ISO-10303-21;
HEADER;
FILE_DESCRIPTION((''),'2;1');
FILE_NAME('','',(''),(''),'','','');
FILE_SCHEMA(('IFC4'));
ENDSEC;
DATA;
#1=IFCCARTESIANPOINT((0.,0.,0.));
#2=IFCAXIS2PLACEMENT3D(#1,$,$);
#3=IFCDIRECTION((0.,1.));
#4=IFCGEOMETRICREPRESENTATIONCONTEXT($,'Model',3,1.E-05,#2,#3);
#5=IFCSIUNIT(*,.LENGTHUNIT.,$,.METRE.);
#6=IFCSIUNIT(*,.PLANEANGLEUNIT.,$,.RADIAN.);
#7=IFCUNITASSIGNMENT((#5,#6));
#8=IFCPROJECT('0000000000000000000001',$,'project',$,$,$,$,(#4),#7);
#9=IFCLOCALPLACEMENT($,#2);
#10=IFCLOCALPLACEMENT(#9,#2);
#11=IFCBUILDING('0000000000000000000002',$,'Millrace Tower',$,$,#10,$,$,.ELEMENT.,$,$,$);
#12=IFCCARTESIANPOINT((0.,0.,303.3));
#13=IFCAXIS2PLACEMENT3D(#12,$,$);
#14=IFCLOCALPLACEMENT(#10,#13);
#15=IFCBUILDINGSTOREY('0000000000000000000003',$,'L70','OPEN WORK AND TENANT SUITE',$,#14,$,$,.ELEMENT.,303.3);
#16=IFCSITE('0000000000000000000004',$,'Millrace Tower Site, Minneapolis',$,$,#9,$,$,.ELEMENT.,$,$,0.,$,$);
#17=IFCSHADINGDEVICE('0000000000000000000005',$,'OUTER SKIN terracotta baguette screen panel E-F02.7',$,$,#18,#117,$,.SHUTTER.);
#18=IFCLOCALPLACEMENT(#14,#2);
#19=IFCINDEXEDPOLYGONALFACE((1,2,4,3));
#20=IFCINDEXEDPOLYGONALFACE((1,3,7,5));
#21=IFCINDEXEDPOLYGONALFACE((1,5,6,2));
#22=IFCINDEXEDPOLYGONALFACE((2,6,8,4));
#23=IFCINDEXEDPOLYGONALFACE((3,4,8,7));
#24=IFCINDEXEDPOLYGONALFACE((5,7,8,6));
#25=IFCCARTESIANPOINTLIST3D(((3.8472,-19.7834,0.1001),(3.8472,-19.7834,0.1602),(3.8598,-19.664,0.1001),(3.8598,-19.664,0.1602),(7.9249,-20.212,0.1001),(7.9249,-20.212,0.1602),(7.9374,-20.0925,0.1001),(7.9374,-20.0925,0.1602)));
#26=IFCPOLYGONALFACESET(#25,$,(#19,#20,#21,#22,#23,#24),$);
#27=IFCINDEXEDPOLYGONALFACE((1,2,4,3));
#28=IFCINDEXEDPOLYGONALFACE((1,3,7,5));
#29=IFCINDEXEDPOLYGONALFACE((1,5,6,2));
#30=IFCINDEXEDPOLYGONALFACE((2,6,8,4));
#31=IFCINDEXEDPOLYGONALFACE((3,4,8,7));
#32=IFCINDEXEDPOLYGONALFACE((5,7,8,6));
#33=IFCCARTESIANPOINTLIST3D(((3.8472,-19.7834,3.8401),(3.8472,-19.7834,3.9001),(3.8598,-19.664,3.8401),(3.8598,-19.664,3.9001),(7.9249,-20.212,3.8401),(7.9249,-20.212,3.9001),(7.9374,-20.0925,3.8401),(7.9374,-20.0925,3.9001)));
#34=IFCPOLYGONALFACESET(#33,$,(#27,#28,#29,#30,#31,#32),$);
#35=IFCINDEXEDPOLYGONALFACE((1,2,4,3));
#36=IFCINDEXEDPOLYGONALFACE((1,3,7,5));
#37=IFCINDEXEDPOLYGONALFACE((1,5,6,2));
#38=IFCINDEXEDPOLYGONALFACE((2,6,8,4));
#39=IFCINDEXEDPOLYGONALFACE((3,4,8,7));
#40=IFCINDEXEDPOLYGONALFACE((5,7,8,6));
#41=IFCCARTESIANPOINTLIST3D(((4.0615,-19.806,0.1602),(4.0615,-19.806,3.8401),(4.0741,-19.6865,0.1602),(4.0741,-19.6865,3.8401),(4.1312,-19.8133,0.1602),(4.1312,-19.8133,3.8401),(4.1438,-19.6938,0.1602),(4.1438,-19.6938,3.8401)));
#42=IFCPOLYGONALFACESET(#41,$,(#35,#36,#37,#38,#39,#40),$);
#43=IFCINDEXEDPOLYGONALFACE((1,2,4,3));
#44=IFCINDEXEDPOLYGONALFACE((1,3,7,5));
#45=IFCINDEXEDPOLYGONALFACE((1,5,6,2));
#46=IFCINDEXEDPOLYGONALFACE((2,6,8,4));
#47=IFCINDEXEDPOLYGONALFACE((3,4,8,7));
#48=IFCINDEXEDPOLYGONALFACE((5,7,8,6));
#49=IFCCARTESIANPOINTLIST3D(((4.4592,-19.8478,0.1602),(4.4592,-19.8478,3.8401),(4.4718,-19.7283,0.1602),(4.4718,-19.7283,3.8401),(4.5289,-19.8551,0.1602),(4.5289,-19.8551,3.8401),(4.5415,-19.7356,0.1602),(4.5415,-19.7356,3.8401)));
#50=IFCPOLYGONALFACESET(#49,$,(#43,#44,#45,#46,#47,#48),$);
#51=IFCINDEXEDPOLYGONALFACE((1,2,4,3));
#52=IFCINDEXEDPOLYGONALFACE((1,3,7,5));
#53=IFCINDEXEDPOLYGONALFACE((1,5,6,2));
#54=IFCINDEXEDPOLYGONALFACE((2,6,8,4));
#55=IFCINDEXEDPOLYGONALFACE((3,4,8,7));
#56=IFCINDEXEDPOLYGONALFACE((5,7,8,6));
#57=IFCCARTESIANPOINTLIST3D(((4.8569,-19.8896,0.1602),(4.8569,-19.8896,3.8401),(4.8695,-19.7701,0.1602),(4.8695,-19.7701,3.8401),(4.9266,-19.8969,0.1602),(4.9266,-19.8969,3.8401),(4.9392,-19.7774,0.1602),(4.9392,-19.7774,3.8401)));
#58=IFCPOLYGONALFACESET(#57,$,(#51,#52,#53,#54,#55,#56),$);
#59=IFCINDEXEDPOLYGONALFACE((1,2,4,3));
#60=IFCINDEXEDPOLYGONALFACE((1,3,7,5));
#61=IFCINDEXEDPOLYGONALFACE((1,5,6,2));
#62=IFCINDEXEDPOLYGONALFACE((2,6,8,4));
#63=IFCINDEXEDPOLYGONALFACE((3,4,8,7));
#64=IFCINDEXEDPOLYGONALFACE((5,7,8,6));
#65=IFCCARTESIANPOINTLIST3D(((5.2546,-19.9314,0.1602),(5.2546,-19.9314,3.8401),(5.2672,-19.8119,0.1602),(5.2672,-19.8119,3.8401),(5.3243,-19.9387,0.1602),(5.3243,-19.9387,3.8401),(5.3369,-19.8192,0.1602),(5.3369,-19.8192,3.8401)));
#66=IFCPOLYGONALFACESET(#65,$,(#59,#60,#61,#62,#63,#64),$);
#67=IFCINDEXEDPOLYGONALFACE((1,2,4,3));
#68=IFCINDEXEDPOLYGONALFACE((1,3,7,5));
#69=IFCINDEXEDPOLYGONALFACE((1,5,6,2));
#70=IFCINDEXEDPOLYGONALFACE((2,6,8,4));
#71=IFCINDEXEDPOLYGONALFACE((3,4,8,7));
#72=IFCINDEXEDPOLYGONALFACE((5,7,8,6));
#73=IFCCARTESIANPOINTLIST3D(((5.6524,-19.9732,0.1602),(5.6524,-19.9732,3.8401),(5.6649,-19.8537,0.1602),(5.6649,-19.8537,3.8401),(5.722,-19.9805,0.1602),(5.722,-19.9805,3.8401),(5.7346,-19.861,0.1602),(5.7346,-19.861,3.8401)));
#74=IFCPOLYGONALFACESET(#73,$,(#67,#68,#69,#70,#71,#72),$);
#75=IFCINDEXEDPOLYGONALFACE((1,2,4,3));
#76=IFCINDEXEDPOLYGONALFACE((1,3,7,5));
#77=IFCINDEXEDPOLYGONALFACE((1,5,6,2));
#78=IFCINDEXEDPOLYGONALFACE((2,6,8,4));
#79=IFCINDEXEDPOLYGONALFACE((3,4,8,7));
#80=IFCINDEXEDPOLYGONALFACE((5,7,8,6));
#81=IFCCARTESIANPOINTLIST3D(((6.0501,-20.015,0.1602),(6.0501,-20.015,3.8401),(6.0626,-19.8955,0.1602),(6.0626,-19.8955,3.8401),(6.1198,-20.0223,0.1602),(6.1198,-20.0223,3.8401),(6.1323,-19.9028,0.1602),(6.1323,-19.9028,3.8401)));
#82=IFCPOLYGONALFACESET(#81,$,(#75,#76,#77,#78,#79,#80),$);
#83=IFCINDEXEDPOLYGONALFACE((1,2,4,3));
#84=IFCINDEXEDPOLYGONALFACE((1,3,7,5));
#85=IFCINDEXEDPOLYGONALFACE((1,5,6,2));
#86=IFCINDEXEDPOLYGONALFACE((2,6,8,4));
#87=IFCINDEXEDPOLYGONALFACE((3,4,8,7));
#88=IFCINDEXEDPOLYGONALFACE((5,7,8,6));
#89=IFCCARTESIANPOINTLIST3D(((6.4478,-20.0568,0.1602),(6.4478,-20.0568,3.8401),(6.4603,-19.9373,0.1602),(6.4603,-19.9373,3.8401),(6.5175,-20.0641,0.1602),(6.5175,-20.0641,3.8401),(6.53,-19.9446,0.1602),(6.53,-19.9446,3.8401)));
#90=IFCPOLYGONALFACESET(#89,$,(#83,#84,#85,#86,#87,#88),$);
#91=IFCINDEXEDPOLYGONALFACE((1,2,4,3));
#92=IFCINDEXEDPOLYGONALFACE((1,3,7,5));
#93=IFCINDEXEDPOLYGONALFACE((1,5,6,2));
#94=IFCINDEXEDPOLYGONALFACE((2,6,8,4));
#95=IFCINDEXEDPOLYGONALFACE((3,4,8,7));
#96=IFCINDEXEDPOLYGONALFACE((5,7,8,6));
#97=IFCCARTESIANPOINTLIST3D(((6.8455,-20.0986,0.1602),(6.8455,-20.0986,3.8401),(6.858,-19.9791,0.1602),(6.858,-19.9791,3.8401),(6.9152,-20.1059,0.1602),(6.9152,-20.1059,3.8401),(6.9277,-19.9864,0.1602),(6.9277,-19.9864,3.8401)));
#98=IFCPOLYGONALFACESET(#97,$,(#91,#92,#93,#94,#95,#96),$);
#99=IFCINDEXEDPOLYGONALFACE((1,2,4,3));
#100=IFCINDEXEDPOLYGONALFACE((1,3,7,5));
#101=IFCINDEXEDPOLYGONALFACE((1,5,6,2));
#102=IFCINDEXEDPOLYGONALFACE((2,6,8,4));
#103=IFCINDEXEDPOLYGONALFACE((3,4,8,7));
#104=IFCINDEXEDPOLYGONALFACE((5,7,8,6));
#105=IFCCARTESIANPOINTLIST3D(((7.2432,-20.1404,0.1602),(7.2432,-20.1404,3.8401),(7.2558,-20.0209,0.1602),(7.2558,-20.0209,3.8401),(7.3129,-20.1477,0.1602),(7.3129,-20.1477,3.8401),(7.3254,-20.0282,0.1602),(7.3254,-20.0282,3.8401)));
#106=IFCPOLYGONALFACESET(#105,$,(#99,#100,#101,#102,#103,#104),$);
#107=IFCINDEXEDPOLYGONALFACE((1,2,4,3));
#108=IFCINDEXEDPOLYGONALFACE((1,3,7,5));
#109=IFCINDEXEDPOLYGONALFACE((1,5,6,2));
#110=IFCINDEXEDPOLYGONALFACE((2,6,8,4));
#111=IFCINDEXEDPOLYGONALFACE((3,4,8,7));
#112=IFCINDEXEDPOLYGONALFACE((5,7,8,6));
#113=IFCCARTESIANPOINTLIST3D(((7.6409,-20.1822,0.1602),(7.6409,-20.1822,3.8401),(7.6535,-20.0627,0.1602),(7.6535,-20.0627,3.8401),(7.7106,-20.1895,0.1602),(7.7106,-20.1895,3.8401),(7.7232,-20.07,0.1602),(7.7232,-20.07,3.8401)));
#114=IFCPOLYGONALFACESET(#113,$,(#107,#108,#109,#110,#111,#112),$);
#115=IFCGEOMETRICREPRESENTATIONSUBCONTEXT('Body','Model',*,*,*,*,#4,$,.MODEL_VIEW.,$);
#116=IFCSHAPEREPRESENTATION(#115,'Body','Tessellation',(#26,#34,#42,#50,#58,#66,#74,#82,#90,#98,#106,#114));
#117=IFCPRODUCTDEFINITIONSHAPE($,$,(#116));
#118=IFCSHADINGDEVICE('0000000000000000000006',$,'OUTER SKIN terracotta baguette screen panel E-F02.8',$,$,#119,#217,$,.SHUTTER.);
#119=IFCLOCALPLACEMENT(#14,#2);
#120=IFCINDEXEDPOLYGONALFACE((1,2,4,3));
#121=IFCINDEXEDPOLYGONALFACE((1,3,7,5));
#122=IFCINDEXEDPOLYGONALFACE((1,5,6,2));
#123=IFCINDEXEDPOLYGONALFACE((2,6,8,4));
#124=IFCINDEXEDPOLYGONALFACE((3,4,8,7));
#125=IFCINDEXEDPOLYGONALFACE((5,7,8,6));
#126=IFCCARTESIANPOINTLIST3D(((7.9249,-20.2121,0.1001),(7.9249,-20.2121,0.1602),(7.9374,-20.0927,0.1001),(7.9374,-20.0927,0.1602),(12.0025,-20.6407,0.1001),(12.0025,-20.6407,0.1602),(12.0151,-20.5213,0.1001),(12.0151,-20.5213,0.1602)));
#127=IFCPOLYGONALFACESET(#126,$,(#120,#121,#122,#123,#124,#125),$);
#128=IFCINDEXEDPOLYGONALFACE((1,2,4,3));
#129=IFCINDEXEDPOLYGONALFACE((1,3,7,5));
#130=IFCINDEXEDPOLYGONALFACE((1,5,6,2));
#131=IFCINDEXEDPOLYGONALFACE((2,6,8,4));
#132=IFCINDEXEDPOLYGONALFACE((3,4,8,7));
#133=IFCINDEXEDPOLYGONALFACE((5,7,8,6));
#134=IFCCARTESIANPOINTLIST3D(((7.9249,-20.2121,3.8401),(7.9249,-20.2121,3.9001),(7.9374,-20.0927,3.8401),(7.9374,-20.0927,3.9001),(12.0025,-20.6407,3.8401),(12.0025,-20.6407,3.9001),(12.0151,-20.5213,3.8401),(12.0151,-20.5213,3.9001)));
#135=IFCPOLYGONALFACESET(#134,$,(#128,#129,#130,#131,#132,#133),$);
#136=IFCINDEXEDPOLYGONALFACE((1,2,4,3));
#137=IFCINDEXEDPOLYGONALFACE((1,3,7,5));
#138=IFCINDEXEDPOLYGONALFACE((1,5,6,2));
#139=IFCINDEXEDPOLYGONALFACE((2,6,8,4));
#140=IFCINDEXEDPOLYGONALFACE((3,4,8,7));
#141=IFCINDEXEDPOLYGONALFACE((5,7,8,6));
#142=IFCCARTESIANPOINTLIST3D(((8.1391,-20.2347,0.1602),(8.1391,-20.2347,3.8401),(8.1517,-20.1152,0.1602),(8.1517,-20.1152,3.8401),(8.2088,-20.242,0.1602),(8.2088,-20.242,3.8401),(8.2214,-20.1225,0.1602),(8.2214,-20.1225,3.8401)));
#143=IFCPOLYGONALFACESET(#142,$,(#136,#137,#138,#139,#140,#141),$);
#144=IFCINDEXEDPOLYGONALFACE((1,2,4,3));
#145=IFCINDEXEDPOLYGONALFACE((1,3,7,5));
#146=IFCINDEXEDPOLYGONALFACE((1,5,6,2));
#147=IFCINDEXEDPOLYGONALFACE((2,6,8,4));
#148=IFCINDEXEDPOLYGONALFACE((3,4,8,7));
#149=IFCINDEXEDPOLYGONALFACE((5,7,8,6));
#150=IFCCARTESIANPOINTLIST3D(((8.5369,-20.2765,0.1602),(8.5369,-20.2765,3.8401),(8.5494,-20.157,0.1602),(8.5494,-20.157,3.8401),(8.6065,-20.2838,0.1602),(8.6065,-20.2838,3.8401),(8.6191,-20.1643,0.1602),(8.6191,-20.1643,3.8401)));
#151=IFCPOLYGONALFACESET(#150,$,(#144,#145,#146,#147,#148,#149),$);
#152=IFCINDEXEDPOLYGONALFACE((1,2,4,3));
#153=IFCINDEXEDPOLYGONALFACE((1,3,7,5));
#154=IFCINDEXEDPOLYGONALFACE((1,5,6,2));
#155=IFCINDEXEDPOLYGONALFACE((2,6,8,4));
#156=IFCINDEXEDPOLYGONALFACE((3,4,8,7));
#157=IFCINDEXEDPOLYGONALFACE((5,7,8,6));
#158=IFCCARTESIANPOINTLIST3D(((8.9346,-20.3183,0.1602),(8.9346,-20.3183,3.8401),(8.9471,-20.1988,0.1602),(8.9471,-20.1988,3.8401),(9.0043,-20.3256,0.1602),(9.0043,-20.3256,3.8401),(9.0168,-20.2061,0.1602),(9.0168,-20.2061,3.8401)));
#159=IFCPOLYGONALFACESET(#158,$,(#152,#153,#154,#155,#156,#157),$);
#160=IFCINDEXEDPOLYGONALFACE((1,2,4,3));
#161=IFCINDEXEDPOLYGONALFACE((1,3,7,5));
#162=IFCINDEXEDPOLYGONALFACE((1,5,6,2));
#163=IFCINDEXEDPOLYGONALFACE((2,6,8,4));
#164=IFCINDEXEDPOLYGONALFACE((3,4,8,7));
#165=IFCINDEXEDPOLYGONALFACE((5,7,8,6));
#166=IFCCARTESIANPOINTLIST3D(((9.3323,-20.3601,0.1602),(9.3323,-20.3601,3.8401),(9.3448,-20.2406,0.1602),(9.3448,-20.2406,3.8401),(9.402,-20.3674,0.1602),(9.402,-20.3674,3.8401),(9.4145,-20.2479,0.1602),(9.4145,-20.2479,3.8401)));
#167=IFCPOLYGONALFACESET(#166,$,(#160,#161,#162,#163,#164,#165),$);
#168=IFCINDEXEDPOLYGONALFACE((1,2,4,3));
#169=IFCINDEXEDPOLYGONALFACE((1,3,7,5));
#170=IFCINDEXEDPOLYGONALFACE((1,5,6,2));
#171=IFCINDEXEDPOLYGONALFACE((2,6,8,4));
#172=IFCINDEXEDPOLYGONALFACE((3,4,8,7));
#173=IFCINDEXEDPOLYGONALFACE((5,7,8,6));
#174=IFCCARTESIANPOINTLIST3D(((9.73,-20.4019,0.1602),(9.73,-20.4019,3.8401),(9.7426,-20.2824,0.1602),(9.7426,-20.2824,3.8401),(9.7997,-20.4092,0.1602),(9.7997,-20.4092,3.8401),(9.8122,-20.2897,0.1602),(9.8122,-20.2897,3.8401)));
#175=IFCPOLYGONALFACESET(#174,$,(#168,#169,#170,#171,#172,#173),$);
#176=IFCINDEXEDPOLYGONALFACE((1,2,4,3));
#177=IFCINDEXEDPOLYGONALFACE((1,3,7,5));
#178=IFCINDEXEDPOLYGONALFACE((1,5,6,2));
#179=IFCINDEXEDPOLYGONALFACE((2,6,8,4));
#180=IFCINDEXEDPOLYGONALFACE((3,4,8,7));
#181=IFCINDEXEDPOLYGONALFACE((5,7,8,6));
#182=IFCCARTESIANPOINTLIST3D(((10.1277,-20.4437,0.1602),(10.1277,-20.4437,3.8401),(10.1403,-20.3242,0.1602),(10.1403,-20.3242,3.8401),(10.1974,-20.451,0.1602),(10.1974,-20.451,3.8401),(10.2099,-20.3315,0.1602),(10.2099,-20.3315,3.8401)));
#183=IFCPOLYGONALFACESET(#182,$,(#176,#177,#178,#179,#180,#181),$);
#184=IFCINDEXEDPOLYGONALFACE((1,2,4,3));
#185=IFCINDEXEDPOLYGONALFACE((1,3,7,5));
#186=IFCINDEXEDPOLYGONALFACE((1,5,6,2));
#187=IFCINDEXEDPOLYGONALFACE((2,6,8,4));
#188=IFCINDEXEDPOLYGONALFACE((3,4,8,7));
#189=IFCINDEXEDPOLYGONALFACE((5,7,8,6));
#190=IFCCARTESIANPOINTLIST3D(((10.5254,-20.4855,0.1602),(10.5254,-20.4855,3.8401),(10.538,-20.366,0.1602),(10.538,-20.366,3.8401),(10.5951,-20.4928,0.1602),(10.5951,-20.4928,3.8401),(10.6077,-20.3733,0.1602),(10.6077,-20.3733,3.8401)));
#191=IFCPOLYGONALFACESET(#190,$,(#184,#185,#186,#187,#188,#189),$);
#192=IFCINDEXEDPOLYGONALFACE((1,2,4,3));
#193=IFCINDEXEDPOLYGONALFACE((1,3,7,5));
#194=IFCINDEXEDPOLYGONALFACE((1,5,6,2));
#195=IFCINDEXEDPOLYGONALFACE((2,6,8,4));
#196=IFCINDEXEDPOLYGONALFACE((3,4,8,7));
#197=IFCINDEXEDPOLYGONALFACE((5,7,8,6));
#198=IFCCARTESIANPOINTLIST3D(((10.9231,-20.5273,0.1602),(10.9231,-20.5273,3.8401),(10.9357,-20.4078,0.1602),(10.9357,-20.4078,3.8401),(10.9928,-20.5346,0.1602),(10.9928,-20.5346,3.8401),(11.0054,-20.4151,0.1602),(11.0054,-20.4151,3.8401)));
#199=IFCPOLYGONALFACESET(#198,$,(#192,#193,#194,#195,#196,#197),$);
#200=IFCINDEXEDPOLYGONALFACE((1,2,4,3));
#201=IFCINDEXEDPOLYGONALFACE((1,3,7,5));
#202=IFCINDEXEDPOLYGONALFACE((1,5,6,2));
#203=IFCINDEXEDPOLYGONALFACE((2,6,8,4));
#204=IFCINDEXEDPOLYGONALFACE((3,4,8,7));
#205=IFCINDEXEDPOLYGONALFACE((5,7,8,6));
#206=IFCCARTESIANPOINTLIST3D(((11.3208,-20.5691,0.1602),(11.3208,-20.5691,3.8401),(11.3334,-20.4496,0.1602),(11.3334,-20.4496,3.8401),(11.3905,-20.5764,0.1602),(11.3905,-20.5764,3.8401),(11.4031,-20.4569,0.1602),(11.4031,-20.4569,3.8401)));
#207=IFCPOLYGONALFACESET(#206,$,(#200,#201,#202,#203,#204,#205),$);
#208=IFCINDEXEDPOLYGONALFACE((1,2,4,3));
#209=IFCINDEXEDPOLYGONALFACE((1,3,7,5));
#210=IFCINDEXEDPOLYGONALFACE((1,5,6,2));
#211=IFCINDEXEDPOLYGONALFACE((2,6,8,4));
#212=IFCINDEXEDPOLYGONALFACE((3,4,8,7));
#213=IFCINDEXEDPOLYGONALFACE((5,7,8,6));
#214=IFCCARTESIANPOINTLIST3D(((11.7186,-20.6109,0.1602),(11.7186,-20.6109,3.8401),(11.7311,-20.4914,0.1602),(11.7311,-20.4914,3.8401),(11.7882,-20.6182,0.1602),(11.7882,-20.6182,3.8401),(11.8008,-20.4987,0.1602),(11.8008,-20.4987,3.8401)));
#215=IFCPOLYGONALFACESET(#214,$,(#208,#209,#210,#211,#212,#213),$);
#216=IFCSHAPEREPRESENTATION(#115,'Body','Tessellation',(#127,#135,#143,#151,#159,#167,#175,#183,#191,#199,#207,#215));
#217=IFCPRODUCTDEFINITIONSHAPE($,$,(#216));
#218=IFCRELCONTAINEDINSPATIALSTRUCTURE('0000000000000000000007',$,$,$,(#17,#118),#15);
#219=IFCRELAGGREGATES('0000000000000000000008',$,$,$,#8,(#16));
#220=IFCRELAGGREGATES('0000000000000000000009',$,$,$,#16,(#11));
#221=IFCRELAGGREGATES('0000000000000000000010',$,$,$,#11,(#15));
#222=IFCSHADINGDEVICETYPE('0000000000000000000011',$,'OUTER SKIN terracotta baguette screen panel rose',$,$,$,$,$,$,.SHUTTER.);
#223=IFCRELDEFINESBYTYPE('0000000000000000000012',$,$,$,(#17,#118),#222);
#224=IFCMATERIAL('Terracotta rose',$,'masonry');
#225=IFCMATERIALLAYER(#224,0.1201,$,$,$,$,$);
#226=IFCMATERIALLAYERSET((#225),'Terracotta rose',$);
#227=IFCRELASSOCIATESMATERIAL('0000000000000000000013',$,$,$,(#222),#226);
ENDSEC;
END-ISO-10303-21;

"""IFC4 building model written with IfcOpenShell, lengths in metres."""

from ifc_helpers import new_model, entity, si_unit, direction, frame, frame_2d, origin, place, context, subcontext, project, spatial, rectangle, extrude, source, transform, mapped, material, layer, layer_set, type_object, element, save


model = new_model("IFC4")

# Units and contexts
model_context = context("Model", 3, precision=1e-05, world=origin(), true_north=direction((0.0, 1.0)))
body_context = subcontext(model_context, "Body", "Model", "MODEL_VIEW")
ifc_project = project(units=[si_unit("LENGTHUNIT", "METRE"), si_unit("PLANEANGLEUNIT", "RADIAN")], contexts=[model_context])

# Site, building, storey
site_placement = place(None, origin())
site = spatial("IfcSite", under=ifc_project, at=site_placement, Name="Millrace Tower Site, Minneapolis", CompositionType="ELEMENT", RefElevation=0.0)
building_placement = place(site_placement, origin())
building = spatial("IfcBuilding", under=site, at=building_placement, Name="Millrace Tower", CompositionType="ELEMENT")
storey_placement = place(building_placement, frame((0.0, 0.0, 303.3)))
storey = spatial("IfcBuildingStorey", under=building, at=storey_placement, Name="L70", Description="OPEN WORK AND TENANT SUITE", CompositionType="ELEMENT", Elevation=303.3)

# Shading devices
ifc_material_1 = material(Name="Terracotta rose", Category="masonry")
ifc_layer_1 = layer(ifc_material_1, 0.1201)
ifc_layer_set_1 = layer_set([ifc_layer_1], Name="Terracotta rose")
shading_device_type = type_object("IfcShadingDeviceType", Name="OUTER SKIN terracotta baguette screen panel rose", PredefinedType="SHUTTER", material=ifc_layer_set_1)
cartesian_point = entity("IfcCartesianPoint", [-2.05, 0.0601])
shared_polyline = entity("IfcPolyline", [cartesian_point, entity("IfcCartesianPoint", [2.05, 0.0601]), entity("IfcCartesianPoint", [2.05, -0.0601]), entity("IfcCartesianPoint", [-2.05, -0.0601]), cartesian_point])
shared_shape = source(origin(), body_context, "Body", "SweptSolid", [
    entity("IfcExtrudedAreaSolid", entity("IfcArbitraryClosedProfileDef", "AREA", None, shared_polyline), entity("IfcAxis2Placement3D", entity("IfcCartesianPoint", [0.0, 0.0, 0.0])), entity("IfcDirection", [0.0, 0.0, 1.0]), 0.0601),
    entity("IfcExtrudedAreaSolid", entity("IfcArbitraryClosedProfileDef", "AREA", None, shared_polyline), entity("IfcAxis2Placement3D", entity("IfcCartesianPoint", [0.0, 0.0, 3.74])), entity("IfcDirection", [0.0, 0.0, 1.0]), 0.0601),
    extrude(rectangle(XDim=0.0701, YDim=0.1201, at=frame_2d((-1.7996, 0.0))), frame((0.0, 0.0, 0.0601)), (0.0, 0.0, 1.0), 3.6799),
    extrude(rectangle(XDim=0.0701, YDim=0.1201, at=frame_2d((-1.3997, 0.0))), frame((0.0, 0.0, 0.0601)), (0.0, 0.0, 1.0), 3.6799),
    extrude(rectangle(XDim=0.0701, YDim=0.1201, at=frame_2d((-0.9998, 0.0))), frame((0.0, 0.0, 0.0601)), (0.0, 0.0, 1.0), 3.6799),
    extrude(rectangle(XDim=0.0701, YDim=0.1201, at=frame_2d((-0.5999, 0.0))), frame((0.0, 0.0, 0.0601)), (0.0, 0.0, 1.0), 3.6799),
    extrude(rectangle(XDim=0.0701, YDim=0.1201, at=frame_2d((-0.2, 0.0))), frame((0.0, 0.0, 0.0601)), (0.0, 0.0, 1.0), 3.6799),
    extrude(rectangle(XDim=0.0701, YDim=0.1201, at=frame_2d((0.2, 0.0))), frame((0.0, 0.0, 0.0601)), (0.0, 0.0, 1.0), 3.6799),
    extrude(rectangle(XDim=0.0701, YDim=0.1201, at=frame_2d((0.5999, 0.0))), frame((0.0, 0.0, 0.0601)), (0.0, 0.0, 1.0), 3.6799),
    extrude(rectangle(XDim=0.0701, YDim=0.1201, at=frame_2d((0.9998, 0.0))), frame((0.0, 0.0, 0.0601)), (0.0, 0.0, 1.0), 3.6799),
    extrude(rectangle(XDim=0.0701, YDim=0.1201, at=frame_2d((1.3997, 0.0))), frame((0.0, 0.0, 0.0601)), (0.0, 0.0, 1.0), 3.6799),
    extrude(rectangle(XDim=0.0701, YDim=0.1201, at=frame_2d((1.7996, 0.0))), frame((0.0, 0.0, 0.0601)), (0.0, 0.0, 1.0), 3.6799),
])
for number, where, z_axis, x_axis, name in (
    (1, (5.8923, -19.938, 0.1001), (0.0, 0.0, 1.0), (0.994522, -0.104528, 0.0), "OUTER SKIN terracotta baguette screen panel E-F02.7"),
    (2, (9.97, -20.3667, 0.1001), (0.0, 0.0, 1.0), (0.994522, -0.104528, 0.0), "OUTER SKIN terracotta baguette screen panel E-F02.8"),
):
    element("IfcShadingDevice", number, at=place(storey_placement, frame(where, z_axis=z_axis, x_axis=x_axis)), inside=storey, type_object=shading_device_type, Name=name, PredefinedType="SHUTTER", context=body_context, shape_type="MappedRepresentation", body=[
        mapped(shared_shape, transform((0.0, 0.0, 0.0), scale=1.0)),
    ])

save(model, "model.ifc")
